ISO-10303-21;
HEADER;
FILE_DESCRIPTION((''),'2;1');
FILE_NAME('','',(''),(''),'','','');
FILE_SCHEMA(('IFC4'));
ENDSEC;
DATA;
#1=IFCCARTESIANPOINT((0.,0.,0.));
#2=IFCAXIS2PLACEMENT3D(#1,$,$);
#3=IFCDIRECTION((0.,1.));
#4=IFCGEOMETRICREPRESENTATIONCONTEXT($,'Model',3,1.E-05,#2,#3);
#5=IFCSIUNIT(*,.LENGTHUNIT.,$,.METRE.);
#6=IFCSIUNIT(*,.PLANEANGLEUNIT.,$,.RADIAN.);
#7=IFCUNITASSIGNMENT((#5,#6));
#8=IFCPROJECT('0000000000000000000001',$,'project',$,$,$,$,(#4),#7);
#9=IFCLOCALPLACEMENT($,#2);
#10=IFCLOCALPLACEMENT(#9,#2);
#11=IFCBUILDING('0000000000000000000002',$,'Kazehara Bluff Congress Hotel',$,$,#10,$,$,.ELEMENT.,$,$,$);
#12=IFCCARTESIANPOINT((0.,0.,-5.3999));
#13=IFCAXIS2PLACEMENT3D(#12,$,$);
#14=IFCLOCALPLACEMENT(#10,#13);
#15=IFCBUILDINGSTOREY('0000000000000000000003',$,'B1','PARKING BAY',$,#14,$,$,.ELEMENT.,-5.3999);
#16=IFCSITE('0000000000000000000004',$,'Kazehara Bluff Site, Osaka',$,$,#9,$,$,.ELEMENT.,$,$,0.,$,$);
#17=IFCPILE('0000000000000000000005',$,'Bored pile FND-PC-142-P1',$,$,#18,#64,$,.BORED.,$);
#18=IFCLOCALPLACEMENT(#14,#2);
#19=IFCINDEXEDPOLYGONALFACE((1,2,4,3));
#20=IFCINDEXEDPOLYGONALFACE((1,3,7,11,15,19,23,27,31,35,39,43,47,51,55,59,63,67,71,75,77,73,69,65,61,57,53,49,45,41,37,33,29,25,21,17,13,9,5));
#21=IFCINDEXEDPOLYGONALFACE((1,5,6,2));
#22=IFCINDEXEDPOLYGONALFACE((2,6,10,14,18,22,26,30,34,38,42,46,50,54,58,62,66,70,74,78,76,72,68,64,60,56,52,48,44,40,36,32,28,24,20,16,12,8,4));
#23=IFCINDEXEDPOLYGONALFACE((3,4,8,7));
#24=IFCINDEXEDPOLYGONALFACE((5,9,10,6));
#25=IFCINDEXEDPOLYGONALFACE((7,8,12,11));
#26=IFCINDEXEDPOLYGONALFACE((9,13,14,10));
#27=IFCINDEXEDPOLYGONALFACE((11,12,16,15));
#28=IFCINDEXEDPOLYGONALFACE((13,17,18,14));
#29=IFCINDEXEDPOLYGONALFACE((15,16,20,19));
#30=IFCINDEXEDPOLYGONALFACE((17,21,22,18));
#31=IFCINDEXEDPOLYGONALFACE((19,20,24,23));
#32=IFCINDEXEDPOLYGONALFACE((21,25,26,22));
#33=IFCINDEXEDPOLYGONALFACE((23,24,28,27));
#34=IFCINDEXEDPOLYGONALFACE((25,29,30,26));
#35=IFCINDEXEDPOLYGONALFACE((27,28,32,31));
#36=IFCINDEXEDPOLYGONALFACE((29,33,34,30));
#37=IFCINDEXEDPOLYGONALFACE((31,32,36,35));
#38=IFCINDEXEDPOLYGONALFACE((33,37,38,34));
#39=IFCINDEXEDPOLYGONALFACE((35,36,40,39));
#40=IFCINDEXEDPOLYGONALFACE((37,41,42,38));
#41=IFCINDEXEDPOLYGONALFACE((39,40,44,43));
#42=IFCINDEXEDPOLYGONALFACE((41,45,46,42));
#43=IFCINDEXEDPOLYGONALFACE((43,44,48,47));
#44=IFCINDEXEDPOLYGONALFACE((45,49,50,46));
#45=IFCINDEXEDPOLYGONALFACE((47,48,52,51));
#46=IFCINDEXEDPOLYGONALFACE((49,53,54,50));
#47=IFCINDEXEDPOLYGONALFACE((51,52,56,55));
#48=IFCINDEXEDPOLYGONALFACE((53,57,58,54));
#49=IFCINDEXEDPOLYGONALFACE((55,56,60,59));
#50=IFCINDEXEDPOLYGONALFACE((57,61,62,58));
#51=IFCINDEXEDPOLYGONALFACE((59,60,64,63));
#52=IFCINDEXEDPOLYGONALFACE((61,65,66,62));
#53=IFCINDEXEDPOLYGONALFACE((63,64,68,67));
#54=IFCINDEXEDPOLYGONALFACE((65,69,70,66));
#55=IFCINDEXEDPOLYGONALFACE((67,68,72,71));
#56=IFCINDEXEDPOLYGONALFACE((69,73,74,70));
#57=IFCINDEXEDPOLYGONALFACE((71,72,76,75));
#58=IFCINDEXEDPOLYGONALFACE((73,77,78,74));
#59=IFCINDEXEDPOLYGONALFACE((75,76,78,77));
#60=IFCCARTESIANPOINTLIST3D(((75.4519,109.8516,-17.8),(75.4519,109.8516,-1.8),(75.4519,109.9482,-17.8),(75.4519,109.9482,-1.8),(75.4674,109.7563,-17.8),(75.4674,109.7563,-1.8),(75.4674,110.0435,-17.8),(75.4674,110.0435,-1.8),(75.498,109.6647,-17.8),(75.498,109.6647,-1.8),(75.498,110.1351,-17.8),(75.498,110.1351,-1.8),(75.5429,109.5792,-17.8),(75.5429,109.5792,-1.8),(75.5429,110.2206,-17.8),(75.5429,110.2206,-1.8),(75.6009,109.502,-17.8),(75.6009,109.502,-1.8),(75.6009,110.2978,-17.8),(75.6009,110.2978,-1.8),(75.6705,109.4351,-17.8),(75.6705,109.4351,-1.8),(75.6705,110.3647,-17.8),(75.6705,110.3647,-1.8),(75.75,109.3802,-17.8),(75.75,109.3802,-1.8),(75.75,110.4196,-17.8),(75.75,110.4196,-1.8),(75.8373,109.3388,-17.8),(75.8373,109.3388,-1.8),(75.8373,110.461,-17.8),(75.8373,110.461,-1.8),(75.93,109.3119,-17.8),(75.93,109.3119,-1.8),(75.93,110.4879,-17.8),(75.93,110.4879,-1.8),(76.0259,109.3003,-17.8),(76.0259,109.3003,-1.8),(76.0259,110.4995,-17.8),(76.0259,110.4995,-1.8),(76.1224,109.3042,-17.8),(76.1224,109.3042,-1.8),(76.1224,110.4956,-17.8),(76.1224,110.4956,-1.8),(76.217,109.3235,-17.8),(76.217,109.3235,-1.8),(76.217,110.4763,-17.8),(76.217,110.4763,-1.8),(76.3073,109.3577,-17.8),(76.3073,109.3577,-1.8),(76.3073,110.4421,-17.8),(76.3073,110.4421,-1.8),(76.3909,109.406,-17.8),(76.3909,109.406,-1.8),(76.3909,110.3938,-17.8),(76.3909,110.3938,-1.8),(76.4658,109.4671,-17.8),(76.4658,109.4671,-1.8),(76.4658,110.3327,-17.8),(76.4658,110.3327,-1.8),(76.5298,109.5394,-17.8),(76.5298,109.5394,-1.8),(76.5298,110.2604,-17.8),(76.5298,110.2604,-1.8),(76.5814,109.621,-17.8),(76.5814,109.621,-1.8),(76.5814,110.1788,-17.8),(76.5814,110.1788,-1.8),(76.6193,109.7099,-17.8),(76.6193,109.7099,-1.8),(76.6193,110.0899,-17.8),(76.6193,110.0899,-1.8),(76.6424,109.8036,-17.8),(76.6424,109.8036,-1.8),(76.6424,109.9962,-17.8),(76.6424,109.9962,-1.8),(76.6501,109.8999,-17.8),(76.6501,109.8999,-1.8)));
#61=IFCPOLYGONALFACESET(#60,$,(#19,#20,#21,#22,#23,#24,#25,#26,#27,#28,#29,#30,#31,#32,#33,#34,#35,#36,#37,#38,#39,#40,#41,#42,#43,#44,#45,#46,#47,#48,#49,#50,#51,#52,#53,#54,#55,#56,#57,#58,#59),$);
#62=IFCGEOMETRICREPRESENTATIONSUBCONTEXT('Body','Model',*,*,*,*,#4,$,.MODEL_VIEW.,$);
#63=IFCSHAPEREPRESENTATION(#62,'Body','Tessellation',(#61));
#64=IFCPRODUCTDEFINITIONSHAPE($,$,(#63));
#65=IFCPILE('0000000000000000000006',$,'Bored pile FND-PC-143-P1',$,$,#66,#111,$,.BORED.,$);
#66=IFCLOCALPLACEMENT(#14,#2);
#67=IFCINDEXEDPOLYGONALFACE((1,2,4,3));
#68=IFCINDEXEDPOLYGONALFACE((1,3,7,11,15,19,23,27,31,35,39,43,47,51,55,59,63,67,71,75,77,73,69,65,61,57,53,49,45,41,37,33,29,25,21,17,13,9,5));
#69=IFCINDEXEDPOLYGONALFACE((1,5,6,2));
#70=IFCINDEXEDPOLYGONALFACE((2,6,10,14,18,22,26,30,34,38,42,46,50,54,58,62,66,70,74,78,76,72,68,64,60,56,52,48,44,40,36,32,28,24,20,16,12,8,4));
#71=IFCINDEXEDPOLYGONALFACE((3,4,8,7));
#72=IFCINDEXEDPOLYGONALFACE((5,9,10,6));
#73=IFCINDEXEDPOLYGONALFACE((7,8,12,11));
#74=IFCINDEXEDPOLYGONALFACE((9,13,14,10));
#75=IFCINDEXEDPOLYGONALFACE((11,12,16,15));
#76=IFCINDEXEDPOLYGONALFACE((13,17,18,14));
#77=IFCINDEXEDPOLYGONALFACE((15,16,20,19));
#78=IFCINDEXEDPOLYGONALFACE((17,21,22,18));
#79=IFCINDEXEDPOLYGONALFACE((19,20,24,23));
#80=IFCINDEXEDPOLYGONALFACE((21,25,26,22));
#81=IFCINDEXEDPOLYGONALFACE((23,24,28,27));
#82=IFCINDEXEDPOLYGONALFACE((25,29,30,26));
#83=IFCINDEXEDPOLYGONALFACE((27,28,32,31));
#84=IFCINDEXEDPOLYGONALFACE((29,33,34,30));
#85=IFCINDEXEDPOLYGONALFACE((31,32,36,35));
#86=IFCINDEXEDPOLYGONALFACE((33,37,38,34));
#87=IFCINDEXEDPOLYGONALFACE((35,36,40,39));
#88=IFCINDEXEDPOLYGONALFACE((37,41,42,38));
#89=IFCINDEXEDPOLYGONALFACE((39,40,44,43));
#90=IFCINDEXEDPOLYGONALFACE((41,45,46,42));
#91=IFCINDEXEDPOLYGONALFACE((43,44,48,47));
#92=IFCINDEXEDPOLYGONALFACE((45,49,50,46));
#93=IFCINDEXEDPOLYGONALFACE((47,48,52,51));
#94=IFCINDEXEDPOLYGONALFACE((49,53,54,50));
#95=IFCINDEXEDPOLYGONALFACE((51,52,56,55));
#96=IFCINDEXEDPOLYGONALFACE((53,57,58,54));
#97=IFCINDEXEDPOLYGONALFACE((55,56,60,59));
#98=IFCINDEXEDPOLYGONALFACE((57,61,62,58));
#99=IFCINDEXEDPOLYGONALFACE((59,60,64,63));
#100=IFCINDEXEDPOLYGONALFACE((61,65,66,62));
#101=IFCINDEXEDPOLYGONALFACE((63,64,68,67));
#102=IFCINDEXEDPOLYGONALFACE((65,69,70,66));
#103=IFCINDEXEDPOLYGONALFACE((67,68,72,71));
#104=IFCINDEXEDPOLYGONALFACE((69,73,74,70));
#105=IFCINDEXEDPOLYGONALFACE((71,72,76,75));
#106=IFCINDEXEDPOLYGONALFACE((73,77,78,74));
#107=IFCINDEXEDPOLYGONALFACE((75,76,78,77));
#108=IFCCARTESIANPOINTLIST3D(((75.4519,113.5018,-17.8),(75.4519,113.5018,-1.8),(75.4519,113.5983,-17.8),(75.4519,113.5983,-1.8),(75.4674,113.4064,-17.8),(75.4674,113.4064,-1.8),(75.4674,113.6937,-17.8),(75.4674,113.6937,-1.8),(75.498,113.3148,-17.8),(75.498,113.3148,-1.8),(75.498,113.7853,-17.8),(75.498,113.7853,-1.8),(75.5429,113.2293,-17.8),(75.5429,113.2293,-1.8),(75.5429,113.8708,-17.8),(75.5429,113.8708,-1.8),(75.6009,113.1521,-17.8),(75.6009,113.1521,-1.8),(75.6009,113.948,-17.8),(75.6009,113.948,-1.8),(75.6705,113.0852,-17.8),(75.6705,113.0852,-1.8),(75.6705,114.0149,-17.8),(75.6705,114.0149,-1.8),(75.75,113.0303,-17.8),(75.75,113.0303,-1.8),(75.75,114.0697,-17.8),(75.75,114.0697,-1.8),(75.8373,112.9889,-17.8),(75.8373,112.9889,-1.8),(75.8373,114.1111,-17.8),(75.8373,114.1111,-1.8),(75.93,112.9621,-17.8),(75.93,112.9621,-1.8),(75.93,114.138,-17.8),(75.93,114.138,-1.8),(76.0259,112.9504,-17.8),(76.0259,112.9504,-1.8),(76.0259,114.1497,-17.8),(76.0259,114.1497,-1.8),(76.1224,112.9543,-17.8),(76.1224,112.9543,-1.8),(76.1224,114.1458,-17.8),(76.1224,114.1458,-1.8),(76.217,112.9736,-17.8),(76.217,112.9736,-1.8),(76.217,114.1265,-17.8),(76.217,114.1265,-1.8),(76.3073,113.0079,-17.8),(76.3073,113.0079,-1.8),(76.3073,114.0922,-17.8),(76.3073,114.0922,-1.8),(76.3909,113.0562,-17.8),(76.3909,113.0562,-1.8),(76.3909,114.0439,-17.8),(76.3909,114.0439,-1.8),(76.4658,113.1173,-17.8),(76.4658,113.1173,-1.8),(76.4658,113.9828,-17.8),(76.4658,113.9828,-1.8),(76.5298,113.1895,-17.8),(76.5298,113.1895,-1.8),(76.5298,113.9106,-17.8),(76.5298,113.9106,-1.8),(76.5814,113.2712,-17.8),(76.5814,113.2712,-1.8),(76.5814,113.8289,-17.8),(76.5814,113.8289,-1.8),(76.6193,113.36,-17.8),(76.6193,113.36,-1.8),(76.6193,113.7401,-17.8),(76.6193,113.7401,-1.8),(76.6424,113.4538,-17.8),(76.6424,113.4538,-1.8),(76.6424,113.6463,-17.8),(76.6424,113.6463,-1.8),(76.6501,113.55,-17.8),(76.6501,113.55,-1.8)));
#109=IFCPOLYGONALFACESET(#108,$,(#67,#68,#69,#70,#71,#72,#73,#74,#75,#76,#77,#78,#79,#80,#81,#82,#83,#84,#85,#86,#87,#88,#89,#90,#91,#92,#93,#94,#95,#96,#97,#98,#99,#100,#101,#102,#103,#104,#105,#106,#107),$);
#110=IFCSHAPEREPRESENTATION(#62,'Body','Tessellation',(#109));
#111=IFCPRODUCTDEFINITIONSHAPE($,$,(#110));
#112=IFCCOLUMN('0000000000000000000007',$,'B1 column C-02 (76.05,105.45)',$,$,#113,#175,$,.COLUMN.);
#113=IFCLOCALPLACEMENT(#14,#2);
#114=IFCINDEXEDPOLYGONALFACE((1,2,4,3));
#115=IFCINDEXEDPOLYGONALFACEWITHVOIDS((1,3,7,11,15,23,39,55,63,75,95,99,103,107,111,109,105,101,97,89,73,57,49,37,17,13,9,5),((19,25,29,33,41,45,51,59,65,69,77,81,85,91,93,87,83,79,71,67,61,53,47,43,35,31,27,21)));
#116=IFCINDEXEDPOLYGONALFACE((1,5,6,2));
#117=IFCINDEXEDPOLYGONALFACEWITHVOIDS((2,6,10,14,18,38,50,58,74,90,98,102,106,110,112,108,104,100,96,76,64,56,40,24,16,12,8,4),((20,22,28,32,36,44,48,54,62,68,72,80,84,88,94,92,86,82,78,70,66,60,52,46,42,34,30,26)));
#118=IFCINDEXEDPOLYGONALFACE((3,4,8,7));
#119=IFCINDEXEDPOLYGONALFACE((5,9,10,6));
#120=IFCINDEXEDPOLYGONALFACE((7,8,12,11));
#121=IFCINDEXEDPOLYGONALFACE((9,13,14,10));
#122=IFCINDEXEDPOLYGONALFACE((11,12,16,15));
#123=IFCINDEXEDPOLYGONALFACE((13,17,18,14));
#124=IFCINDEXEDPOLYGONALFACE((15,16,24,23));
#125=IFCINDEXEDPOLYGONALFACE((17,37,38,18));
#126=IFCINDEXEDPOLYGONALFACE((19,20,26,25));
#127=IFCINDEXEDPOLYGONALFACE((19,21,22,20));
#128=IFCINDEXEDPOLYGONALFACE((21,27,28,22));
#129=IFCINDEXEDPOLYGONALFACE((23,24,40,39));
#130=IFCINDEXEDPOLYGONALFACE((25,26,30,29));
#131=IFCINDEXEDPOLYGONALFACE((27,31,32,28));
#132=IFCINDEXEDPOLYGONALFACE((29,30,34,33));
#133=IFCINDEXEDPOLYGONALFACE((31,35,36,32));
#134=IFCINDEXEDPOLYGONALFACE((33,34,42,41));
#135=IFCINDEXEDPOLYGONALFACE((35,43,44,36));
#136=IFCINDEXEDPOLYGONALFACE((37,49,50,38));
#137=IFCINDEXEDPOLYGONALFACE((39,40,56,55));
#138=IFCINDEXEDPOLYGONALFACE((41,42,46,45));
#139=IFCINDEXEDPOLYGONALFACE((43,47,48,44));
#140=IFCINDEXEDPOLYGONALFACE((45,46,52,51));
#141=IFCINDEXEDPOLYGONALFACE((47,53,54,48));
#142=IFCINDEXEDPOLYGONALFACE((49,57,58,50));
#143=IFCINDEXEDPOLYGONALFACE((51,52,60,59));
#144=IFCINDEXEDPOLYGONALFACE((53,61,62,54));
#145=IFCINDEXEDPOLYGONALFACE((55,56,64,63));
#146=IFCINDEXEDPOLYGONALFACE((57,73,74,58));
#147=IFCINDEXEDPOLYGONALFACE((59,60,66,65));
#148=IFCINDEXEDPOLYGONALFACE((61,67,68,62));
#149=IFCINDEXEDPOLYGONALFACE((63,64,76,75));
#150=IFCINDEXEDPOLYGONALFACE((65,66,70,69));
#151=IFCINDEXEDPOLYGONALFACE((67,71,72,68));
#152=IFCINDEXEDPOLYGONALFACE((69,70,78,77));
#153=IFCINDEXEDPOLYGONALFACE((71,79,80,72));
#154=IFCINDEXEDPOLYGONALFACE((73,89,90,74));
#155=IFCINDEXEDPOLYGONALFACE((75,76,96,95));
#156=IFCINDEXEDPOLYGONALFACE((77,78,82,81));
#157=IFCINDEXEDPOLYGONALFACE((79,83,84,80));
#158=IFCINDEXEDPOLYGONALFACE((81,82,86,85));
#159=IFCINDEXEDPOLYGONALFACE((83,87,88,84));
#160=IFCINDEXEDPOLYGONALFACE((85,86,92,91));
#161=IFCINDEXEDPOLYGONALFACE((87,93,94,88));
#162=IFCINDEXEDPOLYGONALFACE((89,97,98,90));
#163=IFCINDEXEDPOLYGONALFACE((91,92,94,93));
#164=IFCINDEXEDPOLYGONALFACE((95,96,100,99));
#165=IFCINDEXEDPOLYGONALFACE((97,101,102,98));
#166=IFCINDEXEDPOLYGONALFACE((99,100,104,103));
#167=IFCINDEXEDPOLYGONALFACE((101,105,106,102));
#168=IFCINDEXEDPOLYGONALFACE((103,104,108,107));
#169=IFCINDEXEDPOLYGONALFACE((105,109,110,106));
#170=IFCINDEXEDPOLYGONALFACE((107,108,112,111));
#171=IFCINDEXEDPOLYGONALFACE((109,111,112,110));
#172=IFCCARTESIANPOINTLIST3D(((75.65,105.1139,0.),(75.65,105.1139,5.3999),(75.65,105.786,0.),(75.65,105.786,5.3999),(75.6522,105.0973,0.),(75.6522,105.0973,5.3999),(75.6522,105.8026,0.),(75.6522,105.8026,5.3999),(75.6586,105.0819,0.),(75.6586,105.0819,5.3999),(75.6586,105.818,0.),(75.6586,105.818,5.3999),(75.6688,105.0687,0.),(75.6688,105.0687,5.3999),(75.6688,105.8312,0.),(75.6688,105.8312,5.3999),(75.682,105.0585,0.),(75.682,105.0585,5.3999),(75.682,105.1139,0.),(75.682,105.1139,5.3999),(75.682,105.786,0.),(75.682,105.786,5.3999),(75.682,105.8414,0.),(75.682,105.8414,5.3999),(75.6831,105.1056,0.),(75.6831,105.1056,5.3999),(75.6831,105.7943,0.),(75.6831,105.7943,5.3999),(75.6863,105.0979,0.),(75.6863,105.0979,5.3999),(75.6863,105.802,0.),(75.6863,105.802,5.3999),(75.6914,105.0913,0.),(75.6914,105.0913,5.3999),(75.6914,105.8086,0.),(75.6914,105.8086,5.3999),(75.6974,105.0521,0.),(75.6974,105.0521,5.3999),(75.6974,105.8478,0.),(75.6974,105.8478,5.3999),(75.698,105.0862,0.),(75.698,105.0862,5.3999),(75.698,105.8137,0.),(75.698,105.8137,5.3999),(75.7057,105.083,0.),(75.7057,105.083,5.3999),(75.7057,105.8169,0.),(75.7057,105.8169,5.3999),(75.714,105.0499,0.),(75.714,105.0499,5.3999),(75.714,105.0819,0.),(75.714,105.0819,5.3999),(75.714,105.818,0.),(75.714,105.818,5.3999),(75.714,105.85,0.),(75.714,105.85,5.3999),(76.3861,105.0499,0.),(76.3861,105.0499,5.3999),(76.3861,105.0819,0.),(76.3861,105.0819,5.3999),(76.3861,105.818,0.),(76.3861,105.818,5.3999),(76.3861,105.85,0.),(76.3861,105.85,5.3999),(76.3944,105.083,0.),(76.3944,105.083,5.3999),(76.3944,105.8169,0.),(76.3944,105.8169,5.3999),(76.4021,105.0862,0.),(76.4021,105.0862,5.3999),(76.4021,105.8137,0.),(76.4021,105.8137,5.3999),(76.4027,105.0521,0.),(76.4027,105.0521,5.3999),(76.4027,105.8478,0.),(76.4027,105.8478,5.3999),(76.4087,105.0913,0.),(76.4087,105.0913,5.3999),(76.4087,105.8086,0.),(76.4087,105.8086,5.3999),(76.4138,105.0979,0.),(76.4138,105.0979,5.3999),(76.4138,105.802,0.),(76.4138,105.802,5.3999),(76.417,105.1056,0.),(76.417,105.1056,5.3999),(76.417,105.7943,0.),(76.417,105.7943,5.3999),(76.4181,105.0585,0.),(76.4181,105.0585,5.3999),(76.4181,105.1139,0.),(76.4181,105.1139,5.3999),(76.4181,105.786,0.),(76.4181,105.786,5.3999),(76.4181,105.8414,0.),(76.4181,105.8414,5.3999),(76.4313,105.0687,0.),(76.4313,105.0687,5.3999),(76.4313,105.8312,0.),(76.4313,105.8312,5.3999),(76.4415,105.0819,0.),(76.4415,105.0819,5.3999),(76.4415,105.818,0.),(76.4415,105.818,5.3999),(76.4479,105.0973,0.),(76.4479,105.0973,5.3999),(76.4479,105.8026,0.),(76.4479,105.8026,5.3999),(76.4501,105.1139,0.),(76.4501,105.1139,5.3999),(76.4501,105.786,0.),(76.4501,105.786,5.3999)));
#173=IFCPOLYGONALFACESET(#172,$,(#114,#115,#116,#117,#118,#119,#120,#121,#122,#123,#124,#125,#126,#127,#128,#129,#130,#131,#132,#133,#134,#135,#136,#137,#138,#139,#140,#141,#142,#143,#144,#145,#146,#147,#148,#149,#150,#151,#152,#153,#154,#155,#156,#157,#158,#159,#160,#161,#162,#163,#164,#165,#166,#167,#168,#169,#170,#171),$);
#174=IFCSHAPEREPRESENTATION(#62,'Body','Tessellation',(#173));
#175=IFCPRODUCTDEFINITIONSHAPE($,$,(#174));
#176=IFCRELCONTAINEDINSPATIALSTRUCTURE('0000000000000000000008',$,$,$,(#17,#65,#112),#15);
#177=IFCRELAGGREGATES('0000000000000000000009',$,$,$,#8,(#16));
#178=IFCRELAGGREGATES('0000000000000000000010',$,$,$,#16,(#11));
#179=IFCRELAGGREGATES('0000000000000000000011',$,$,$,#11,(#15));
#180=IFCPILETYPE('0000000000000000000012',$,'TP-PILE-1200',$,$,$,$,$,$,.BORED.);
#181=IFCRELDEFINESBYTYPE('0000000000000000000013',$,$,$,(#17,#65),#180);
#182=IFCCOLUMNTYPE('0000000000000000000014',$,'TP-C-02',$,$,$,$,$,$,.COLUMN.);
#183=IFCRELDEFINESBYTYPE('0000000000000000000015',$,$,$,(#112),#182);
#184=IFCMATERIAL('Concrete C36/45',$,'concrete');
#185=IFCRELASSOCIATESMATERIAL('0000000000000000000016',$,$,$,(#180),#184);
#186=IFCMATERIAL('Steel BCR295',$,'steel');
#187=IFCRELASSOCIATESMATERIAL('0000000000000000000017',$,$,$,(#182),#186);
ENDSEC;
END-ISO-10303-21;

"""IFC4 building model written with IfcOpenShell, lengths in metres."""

from ifc_helpers import new_model, si_unit, direction, frame, origin, origin_2d, place, context, subcontext, project, spatial, hollow_rectangle, circle, extrude, material, material_profile, profile_set, type_object, element, save


model = new_model("IFC4")

# Units and contexts
model_context = context("Model", 3, precision=1e-05, world=origin(), true_north=direction((0.0, 1.0)))
body_context = subcontext(model_context, "Body", "Model", "MODEL_VIEW")
ifc_project = project(units=[si_unit("LENGTHUNIT", "METRE"), si_unit("PLANEANGLEUNIT", "RADIAN")], contexts=[model_context])

# Site, building, storey
site_placement = place(None, origin())
site = spatial("IfcSite", under=ifc_project, at=site_placement, Name="Kazehara Bluff Site, Osaka", CompositionType="ELEMENT", RefElevation=0.0)
building_placement = place(site_placement, origin())
building = spatial("IfcBuilding", under=site, at=building_placement, Name="Kazehara Bluff Congress Hotel", CompositionType="ELEMENT")
storey_placement = place(building_placement, frame((0.0, 0.0, -5.3999)))
storey = spatial("IfcBuildingStorey", under=building, at=storey_placement, Name="B1", Description="PARKING BAY", CompositionType="ELEMENT", Elevation=-5.3999)

# Piles
ifc_material_1 = material(Name="Concrete C36/45", Category="concrete")
ifc_material_profile_1 = material_profile(ifc_material_1, circle(Radius=0.6001, at=origin_2d()))
ifc_profile_set_1 = profile_set([ifc_material_profile_1], Name="Concrete C36/45")
pile_type = type_object("IfcPileType", Name="TP-PILE-1200", PredefinedType="BORED", material=ifc_profile_set_1)
for number, where, z_axis, x_axis, name in (
    (1, (76.05, 109.8999, -1.8), (0.0, 0.0, -1.0), (1.0, 0.0, 0.0), "Bored pile FND-PC-142-P1"),
    (2, (76.05, 113.55, -1.8), (0.0, 0.0, -1.0), (1.0, 0.0, 0.0), "Bored pile FND-PC-143-P1"),
):
    element("IfcPile", number, at=place(storey_placement, frame(where, z_axis=z_axis, x_axis=x_axis)), inside=storey, type_object=pile_type, Name=name, PredefinedType="BORED", context=body_context, shape_type="SweptSolid", body=[
        extrude(circle(Radius=0.6001, at=origin_2d()), origin(), (0.0, 0.0, 1.0), 16.0),
    ])

# Column
ifc_material_2 = material(Name="Steel BCR295", Category="steel")
ifc_material_profile_2 = material_profile(ifc_material_2, hollow_rectangle(XDim=0.8, YDim=0.8, WallThickness=0.032, InnerFilletRadius=0.032, OuterFilletRadius=0.064, at=origin_2d()))
ifc_profile_set_2 = profile_set([ifc_material_profile_2], Name="Steel BCR295")
column_type_1 = type_object("IfcColumnType", Name="TP-C-02", PredefinedType="COLUMN", material=ifc_profile_set_2)
for number, where, z_axis, x_axis, name in (
    (3, (76.05, 105.45, 0.0), (0.0, 0.0, 1.0), (1.0, 0.0, 0.0), "B1 column C-02 (76.05,105.45)"),
):
    element("IfcColumn", number, at=place(storey_placement, frame(where, z_axis=z_axis, x_axis=x_axis)), inside=storey, type_object=column_type_1, Name=name, PredefinedType="COLUMN", context=body_context, shape_type="SweptSolid", body=[
        extrude(hollow_rectangle(XDim=0.8, YDim=0.8, WallThickness=0.032, InnerFilletRadius=0.032, OuterFilletRadius=0.064, at=origin_2d()), origin(), (0.0, 0.0, 1.0), 5.3999),
    ])

save(model, "model.ifc")
